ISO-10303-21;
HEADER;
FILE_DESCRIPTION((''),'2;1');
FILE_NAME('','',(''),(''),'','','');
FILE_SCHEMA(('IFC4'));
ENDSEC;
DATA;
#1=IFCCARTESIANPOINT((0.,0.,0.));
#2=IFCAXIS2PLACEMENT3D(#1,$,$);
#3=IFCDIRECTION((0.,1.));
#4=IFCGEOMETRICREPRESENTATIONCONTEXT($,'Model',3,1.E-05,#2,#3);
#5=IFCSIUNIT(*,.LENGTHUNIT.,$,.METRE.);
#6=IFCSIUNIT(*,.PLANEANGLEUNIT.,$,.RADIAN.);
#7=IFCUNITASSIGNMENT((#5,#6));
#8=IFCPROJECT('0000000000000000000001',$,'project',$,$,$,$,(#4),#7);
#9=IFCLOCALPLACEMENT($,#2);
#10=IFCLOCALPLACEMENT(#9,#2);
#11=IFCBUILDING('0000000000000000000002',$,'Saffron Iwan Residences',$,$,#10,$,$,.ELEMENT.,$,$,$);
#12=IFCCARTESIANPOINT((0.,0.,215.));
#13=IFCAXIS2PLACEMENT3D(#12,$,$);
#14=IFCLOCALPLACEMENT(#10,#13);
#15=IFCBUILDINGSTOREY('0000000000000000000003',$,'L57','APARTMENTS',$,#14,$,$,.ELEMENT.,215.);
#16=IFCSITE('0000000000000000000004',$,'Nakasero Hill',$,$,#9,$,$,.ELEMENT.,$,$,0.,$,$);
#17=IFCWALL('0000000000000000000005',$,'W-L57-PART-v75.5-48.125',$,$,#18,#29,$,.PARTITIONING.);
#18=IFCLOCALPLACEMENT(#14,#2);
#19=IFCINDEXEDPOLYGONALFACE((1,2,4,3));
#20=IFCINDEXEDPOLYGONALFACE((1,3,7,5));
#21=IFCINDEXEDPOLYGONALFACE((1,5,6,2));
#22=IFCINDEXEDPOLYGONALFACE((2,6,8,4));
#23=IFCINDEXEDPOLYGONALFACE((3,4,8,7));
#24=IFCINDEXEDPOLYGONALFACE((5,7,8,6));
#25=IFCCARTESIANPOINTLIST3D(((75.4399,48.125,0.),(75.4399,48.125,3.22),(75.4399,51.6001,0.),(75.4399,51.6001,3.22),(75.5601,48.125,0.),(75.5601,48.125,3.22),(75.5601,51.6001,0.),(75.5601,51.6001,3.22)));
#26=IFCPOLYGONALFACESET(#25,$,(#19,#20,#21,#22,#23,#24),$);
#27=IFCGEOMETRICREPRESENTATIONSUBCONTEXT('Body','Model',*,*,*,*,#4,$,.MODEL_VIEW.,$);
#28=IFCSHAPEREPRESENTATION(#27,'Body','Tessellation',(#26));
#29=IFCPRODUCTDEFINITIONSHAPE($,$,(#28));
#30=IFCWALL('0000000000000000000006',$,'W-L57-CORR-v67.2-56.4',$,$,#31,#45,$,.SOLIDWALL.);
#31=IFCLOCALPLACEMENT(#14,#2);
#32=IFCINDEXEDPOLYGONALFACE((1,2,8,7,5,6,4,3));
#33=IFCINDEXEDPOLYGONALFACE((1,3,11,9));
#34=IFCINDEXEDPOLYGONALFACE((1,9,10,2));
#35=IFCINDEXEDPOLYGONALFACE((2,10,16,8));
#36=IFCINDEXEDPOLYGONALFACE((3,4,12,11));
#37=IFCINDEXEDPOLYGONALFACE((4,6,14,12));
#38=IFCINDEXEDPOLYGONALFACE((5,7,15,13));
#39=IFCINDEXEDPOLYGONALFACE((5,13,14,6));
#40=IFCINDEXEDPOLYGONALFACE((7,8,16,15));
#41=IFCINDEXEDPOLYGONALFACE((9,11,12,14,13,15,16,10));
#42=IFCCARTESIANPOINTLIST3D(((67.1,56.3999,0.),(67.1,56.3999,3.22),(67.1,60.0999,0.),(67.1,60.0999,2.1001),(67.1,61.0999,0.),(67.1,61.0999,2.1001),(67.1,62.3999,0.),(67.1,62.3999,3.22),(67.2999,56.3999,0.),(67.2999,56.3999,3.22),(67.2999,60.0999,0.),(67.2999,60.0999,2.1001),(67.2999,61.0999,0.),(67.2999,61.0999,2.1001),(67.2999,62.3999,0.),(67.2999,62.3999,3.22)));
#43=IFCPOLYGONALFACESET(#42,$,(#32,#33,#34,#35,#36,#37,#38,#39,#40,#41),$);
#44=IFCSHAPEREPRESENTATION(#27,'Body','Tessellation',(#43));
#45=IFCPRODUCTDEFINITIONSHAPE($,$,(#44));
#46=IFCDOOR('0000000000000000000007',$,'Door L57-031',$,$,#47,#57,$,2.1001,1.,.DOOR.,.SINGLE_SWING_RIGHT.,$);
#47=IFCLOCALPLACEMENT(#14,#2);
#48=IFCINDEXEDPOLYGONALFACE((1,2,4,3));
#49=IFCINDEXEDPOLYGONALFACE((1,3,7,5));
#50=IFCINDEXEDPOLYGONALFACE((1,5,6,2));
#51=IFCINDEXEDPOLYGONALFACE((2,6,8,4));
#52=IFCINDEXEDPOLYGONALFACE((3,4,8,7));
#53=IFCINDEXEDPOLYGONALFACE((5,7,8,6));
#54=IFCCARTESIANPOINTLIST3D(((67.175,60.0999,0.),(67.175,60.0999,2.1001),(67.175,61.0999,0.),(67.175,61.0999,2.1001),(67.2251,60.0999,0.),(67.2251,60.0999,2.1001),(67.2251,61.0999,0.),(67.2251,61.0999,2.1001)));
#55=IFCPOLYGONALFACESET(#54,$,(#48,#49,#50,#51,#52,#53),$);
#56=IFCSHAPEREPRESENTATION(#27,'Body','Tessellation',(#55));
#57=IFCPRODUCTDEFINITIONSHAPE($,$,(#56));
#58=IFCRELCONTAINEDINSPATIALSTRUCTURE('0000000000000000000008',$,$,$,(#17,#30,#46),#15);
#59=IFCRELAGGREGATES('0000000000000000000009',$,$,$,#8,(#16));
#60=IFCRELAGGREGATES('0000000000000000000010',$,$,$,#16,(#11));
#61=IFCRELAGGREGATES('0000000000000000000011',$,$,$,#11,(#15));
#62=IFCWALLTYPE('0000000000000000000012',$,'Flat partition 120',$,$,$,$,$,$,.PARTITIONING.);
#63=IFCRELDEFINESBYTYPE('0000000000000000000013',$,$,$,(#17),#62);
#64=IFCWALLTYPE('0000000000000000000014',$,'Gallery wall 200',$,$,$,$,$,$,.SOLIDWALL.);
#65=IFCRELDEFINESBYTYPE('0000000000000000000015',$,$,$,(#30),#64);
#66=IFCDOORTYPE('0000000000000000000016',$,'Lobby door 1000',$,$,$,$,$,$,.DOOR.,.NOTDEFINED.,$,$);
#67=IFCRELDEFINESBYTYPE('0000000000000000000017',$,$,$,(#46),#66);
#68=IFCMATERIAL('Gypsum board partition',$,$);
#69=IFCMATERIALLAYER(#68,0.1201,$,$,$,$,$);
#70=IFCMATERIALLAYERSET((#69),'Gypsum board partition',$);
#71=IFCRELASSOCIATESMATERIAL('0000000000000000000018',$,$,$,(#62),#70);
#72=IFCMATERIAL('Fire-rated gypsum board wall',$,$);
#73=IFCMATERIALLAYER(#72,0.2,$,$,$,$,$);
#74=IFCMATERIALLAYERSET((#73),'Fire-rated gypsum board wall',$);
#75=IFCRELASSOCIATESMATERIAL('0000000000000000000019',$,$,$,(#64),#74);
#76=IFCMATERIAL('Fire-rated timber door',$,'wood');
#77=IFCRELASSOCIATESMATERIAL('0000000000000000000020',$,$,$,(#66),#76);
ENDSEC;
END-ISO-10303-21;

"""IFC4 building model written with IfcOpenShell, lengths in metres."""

from ifc_helpers import new_model, si_unit, direction, frame, frame_2d, origin, place, context, subcontext, project, spatial, rectangle, extrude, material, layer, layer_set, type_object, element, fill, save


model = new_model("IFC4")

# Units and contexts
model_context = context("Model", 3, precision=1e-05, world=origin(), true_north=direction((0.0, 1.0)))
body_context = subcontext(model_context, "Body", "Model", "MODEL_VIEW")
ifc_project = project(units=[si_unit("LENGTHUNIT", "METRE"), si_unit("PLANEANGLEUNIT", "RADIAN")], contexts=[model_context])

# Site, building, storey
site_placement = place(None, origin())
site = spatial("IfcSite", under=ifc_project, at=site_placement, Name="Nakasero Hill", CompositionType="ELEMENT", RefElevation=0.0)
building_placement = place(site_placement, origin())
building = spatial("IfcBuilding", under=site, at=building_placement, Name="Saffron Iwan Residences", CompositionType="ELEMENT")
storey_placement = place(building_placement, frame((0.0, 0.0, 215.0)))
storey = spatial("IfcBuildingStorey", under=building, at=storey_placement, Name="L57", Description="APARTMENTS", CompositionType="ELEMENT", Elevation=215.0)

# Shared definitions
ifc_material_1 = material(Name="Fire-rated gypsum board wall")

# Shared definitions
ifc_material_2 = material(Name="Gypsum board partition")
ifc_layer_1 = layer(ifc_material_2, 0.1201)
ifc_layer_set_1 = layer_set([ifc_layer_1], Name="Gypsum board partition")
wall_type_1 = type_object("IfcWallType", Name="Flat partition 120", PredefinedType="PARTITIONING", material=ifc_layer_set_1)

# Wall
wall_1_placement = place(storey_placement, frame((75.5, 48.125, 0.0), z_axis=(0.0, 0.0, 1.0), x_axis=(0.0, 1.0, 0.0)))
element("IfcWall", 1, at=wall_1_placement, inside=storey, type_object=wall_type_1, Name="W-L57-PART-v75.5-48.125", PredefinedType="PARTITIONING", context=body_context, shape_type="SweptSolid", body=[
    extrude(rectangle(XDim=3.4751, YDim=0.1201, at=frame_2d((1.7375, 0.0))), origin(), (0.0, 0.0, 1.0), 3.22),
])

# Wall, opening, door
ifc_layer_2 = layer(ifc_material_1, 0.2)
ifc_layer_set_2 = layer_set([ifc_layer_2], Name="Fire-rated gypsum board wall")
wall_type_2 = type_object("IfcWallType", Name="Gallery wall 200", PredefinedType="SOLIDWALL", material=ifc_layer_set_2)
wall_2_placement = place(storey_placement, frame((67.2, 56.3999, 0.0), z_axis=(0.0, 0.0, 1.0), x_axis=(0.0, 1.0, 0.0)))
wall_2 = element("IfcWall", 2, at=wall_2_placement, inside=storey, type_object=wall_type_2, Name="W-L57-CORR-v67.2-56.4", PredefinedType="SOLIDWALL", context=body_context, shape_type="SweptSolid", body=[
    extrude(rectangle(XDim=6.0, YDim=0.2, at=frame_2d((3.0, 0.0))), origin(), (0.0, 0.0, 1.0), 3.22),
])
opening_1_placement = place(wall_2_placement, frame((3.7, 0.0, 0.0)))
opening_1 = element("IfcOpeningElement", 3, at=opening_1_placement, cuts=wall_2, PredefinedType="OPENING", context=body_context, shape_type="SweptSolid", body=[
    extrude(rectangle(XDim=1.0, YDim=2.1001, at=frame_2d((0.5, 1.05))), frame((0.0, 0.1099, 0.0), z_axis=(0.0, -1.0, 0.0), x_axis=(1.0, 0.0, 0.0)), (0.0, 0.0, 1.0), 0.22),
])
ifc_material_3 = material(Name="Fire-rated timber door", Category="wood")
door_type_1 = type_object("IfcDoorType", Name="Lobby door 1000", OperationType="NOTDEFINED", PredefinedType="DOOR", material=ifc_material_3)
door_1_placement = place(opening_1_placement, origin())
door_1 = element("IfcDoor", 4, at=door_1_placement, inside=storey, type_object=door_type_1, Name="Door L57-031", OperationType="SINGLE_SWING_RIGHT", OverallHeight=2.1001, OverallWidth=1.0, PredefinedType="DOOR", context=body_context, shape_type="SweptSolid", body=[
    extrude(rectangle(XDim=1.0, YDim=2.1001, at=frame_2d((0.5, 1.05))), frame((0.0, 0.0249, 0.0), z_axis=(0.0, -1.0, 0.0), x_axis=(1.0, 0.0, 0.0)), (0.0, 0.0, 1.0), 0.05),
])
fill(opening_1, door_1)

save(model, "model.ifc")
